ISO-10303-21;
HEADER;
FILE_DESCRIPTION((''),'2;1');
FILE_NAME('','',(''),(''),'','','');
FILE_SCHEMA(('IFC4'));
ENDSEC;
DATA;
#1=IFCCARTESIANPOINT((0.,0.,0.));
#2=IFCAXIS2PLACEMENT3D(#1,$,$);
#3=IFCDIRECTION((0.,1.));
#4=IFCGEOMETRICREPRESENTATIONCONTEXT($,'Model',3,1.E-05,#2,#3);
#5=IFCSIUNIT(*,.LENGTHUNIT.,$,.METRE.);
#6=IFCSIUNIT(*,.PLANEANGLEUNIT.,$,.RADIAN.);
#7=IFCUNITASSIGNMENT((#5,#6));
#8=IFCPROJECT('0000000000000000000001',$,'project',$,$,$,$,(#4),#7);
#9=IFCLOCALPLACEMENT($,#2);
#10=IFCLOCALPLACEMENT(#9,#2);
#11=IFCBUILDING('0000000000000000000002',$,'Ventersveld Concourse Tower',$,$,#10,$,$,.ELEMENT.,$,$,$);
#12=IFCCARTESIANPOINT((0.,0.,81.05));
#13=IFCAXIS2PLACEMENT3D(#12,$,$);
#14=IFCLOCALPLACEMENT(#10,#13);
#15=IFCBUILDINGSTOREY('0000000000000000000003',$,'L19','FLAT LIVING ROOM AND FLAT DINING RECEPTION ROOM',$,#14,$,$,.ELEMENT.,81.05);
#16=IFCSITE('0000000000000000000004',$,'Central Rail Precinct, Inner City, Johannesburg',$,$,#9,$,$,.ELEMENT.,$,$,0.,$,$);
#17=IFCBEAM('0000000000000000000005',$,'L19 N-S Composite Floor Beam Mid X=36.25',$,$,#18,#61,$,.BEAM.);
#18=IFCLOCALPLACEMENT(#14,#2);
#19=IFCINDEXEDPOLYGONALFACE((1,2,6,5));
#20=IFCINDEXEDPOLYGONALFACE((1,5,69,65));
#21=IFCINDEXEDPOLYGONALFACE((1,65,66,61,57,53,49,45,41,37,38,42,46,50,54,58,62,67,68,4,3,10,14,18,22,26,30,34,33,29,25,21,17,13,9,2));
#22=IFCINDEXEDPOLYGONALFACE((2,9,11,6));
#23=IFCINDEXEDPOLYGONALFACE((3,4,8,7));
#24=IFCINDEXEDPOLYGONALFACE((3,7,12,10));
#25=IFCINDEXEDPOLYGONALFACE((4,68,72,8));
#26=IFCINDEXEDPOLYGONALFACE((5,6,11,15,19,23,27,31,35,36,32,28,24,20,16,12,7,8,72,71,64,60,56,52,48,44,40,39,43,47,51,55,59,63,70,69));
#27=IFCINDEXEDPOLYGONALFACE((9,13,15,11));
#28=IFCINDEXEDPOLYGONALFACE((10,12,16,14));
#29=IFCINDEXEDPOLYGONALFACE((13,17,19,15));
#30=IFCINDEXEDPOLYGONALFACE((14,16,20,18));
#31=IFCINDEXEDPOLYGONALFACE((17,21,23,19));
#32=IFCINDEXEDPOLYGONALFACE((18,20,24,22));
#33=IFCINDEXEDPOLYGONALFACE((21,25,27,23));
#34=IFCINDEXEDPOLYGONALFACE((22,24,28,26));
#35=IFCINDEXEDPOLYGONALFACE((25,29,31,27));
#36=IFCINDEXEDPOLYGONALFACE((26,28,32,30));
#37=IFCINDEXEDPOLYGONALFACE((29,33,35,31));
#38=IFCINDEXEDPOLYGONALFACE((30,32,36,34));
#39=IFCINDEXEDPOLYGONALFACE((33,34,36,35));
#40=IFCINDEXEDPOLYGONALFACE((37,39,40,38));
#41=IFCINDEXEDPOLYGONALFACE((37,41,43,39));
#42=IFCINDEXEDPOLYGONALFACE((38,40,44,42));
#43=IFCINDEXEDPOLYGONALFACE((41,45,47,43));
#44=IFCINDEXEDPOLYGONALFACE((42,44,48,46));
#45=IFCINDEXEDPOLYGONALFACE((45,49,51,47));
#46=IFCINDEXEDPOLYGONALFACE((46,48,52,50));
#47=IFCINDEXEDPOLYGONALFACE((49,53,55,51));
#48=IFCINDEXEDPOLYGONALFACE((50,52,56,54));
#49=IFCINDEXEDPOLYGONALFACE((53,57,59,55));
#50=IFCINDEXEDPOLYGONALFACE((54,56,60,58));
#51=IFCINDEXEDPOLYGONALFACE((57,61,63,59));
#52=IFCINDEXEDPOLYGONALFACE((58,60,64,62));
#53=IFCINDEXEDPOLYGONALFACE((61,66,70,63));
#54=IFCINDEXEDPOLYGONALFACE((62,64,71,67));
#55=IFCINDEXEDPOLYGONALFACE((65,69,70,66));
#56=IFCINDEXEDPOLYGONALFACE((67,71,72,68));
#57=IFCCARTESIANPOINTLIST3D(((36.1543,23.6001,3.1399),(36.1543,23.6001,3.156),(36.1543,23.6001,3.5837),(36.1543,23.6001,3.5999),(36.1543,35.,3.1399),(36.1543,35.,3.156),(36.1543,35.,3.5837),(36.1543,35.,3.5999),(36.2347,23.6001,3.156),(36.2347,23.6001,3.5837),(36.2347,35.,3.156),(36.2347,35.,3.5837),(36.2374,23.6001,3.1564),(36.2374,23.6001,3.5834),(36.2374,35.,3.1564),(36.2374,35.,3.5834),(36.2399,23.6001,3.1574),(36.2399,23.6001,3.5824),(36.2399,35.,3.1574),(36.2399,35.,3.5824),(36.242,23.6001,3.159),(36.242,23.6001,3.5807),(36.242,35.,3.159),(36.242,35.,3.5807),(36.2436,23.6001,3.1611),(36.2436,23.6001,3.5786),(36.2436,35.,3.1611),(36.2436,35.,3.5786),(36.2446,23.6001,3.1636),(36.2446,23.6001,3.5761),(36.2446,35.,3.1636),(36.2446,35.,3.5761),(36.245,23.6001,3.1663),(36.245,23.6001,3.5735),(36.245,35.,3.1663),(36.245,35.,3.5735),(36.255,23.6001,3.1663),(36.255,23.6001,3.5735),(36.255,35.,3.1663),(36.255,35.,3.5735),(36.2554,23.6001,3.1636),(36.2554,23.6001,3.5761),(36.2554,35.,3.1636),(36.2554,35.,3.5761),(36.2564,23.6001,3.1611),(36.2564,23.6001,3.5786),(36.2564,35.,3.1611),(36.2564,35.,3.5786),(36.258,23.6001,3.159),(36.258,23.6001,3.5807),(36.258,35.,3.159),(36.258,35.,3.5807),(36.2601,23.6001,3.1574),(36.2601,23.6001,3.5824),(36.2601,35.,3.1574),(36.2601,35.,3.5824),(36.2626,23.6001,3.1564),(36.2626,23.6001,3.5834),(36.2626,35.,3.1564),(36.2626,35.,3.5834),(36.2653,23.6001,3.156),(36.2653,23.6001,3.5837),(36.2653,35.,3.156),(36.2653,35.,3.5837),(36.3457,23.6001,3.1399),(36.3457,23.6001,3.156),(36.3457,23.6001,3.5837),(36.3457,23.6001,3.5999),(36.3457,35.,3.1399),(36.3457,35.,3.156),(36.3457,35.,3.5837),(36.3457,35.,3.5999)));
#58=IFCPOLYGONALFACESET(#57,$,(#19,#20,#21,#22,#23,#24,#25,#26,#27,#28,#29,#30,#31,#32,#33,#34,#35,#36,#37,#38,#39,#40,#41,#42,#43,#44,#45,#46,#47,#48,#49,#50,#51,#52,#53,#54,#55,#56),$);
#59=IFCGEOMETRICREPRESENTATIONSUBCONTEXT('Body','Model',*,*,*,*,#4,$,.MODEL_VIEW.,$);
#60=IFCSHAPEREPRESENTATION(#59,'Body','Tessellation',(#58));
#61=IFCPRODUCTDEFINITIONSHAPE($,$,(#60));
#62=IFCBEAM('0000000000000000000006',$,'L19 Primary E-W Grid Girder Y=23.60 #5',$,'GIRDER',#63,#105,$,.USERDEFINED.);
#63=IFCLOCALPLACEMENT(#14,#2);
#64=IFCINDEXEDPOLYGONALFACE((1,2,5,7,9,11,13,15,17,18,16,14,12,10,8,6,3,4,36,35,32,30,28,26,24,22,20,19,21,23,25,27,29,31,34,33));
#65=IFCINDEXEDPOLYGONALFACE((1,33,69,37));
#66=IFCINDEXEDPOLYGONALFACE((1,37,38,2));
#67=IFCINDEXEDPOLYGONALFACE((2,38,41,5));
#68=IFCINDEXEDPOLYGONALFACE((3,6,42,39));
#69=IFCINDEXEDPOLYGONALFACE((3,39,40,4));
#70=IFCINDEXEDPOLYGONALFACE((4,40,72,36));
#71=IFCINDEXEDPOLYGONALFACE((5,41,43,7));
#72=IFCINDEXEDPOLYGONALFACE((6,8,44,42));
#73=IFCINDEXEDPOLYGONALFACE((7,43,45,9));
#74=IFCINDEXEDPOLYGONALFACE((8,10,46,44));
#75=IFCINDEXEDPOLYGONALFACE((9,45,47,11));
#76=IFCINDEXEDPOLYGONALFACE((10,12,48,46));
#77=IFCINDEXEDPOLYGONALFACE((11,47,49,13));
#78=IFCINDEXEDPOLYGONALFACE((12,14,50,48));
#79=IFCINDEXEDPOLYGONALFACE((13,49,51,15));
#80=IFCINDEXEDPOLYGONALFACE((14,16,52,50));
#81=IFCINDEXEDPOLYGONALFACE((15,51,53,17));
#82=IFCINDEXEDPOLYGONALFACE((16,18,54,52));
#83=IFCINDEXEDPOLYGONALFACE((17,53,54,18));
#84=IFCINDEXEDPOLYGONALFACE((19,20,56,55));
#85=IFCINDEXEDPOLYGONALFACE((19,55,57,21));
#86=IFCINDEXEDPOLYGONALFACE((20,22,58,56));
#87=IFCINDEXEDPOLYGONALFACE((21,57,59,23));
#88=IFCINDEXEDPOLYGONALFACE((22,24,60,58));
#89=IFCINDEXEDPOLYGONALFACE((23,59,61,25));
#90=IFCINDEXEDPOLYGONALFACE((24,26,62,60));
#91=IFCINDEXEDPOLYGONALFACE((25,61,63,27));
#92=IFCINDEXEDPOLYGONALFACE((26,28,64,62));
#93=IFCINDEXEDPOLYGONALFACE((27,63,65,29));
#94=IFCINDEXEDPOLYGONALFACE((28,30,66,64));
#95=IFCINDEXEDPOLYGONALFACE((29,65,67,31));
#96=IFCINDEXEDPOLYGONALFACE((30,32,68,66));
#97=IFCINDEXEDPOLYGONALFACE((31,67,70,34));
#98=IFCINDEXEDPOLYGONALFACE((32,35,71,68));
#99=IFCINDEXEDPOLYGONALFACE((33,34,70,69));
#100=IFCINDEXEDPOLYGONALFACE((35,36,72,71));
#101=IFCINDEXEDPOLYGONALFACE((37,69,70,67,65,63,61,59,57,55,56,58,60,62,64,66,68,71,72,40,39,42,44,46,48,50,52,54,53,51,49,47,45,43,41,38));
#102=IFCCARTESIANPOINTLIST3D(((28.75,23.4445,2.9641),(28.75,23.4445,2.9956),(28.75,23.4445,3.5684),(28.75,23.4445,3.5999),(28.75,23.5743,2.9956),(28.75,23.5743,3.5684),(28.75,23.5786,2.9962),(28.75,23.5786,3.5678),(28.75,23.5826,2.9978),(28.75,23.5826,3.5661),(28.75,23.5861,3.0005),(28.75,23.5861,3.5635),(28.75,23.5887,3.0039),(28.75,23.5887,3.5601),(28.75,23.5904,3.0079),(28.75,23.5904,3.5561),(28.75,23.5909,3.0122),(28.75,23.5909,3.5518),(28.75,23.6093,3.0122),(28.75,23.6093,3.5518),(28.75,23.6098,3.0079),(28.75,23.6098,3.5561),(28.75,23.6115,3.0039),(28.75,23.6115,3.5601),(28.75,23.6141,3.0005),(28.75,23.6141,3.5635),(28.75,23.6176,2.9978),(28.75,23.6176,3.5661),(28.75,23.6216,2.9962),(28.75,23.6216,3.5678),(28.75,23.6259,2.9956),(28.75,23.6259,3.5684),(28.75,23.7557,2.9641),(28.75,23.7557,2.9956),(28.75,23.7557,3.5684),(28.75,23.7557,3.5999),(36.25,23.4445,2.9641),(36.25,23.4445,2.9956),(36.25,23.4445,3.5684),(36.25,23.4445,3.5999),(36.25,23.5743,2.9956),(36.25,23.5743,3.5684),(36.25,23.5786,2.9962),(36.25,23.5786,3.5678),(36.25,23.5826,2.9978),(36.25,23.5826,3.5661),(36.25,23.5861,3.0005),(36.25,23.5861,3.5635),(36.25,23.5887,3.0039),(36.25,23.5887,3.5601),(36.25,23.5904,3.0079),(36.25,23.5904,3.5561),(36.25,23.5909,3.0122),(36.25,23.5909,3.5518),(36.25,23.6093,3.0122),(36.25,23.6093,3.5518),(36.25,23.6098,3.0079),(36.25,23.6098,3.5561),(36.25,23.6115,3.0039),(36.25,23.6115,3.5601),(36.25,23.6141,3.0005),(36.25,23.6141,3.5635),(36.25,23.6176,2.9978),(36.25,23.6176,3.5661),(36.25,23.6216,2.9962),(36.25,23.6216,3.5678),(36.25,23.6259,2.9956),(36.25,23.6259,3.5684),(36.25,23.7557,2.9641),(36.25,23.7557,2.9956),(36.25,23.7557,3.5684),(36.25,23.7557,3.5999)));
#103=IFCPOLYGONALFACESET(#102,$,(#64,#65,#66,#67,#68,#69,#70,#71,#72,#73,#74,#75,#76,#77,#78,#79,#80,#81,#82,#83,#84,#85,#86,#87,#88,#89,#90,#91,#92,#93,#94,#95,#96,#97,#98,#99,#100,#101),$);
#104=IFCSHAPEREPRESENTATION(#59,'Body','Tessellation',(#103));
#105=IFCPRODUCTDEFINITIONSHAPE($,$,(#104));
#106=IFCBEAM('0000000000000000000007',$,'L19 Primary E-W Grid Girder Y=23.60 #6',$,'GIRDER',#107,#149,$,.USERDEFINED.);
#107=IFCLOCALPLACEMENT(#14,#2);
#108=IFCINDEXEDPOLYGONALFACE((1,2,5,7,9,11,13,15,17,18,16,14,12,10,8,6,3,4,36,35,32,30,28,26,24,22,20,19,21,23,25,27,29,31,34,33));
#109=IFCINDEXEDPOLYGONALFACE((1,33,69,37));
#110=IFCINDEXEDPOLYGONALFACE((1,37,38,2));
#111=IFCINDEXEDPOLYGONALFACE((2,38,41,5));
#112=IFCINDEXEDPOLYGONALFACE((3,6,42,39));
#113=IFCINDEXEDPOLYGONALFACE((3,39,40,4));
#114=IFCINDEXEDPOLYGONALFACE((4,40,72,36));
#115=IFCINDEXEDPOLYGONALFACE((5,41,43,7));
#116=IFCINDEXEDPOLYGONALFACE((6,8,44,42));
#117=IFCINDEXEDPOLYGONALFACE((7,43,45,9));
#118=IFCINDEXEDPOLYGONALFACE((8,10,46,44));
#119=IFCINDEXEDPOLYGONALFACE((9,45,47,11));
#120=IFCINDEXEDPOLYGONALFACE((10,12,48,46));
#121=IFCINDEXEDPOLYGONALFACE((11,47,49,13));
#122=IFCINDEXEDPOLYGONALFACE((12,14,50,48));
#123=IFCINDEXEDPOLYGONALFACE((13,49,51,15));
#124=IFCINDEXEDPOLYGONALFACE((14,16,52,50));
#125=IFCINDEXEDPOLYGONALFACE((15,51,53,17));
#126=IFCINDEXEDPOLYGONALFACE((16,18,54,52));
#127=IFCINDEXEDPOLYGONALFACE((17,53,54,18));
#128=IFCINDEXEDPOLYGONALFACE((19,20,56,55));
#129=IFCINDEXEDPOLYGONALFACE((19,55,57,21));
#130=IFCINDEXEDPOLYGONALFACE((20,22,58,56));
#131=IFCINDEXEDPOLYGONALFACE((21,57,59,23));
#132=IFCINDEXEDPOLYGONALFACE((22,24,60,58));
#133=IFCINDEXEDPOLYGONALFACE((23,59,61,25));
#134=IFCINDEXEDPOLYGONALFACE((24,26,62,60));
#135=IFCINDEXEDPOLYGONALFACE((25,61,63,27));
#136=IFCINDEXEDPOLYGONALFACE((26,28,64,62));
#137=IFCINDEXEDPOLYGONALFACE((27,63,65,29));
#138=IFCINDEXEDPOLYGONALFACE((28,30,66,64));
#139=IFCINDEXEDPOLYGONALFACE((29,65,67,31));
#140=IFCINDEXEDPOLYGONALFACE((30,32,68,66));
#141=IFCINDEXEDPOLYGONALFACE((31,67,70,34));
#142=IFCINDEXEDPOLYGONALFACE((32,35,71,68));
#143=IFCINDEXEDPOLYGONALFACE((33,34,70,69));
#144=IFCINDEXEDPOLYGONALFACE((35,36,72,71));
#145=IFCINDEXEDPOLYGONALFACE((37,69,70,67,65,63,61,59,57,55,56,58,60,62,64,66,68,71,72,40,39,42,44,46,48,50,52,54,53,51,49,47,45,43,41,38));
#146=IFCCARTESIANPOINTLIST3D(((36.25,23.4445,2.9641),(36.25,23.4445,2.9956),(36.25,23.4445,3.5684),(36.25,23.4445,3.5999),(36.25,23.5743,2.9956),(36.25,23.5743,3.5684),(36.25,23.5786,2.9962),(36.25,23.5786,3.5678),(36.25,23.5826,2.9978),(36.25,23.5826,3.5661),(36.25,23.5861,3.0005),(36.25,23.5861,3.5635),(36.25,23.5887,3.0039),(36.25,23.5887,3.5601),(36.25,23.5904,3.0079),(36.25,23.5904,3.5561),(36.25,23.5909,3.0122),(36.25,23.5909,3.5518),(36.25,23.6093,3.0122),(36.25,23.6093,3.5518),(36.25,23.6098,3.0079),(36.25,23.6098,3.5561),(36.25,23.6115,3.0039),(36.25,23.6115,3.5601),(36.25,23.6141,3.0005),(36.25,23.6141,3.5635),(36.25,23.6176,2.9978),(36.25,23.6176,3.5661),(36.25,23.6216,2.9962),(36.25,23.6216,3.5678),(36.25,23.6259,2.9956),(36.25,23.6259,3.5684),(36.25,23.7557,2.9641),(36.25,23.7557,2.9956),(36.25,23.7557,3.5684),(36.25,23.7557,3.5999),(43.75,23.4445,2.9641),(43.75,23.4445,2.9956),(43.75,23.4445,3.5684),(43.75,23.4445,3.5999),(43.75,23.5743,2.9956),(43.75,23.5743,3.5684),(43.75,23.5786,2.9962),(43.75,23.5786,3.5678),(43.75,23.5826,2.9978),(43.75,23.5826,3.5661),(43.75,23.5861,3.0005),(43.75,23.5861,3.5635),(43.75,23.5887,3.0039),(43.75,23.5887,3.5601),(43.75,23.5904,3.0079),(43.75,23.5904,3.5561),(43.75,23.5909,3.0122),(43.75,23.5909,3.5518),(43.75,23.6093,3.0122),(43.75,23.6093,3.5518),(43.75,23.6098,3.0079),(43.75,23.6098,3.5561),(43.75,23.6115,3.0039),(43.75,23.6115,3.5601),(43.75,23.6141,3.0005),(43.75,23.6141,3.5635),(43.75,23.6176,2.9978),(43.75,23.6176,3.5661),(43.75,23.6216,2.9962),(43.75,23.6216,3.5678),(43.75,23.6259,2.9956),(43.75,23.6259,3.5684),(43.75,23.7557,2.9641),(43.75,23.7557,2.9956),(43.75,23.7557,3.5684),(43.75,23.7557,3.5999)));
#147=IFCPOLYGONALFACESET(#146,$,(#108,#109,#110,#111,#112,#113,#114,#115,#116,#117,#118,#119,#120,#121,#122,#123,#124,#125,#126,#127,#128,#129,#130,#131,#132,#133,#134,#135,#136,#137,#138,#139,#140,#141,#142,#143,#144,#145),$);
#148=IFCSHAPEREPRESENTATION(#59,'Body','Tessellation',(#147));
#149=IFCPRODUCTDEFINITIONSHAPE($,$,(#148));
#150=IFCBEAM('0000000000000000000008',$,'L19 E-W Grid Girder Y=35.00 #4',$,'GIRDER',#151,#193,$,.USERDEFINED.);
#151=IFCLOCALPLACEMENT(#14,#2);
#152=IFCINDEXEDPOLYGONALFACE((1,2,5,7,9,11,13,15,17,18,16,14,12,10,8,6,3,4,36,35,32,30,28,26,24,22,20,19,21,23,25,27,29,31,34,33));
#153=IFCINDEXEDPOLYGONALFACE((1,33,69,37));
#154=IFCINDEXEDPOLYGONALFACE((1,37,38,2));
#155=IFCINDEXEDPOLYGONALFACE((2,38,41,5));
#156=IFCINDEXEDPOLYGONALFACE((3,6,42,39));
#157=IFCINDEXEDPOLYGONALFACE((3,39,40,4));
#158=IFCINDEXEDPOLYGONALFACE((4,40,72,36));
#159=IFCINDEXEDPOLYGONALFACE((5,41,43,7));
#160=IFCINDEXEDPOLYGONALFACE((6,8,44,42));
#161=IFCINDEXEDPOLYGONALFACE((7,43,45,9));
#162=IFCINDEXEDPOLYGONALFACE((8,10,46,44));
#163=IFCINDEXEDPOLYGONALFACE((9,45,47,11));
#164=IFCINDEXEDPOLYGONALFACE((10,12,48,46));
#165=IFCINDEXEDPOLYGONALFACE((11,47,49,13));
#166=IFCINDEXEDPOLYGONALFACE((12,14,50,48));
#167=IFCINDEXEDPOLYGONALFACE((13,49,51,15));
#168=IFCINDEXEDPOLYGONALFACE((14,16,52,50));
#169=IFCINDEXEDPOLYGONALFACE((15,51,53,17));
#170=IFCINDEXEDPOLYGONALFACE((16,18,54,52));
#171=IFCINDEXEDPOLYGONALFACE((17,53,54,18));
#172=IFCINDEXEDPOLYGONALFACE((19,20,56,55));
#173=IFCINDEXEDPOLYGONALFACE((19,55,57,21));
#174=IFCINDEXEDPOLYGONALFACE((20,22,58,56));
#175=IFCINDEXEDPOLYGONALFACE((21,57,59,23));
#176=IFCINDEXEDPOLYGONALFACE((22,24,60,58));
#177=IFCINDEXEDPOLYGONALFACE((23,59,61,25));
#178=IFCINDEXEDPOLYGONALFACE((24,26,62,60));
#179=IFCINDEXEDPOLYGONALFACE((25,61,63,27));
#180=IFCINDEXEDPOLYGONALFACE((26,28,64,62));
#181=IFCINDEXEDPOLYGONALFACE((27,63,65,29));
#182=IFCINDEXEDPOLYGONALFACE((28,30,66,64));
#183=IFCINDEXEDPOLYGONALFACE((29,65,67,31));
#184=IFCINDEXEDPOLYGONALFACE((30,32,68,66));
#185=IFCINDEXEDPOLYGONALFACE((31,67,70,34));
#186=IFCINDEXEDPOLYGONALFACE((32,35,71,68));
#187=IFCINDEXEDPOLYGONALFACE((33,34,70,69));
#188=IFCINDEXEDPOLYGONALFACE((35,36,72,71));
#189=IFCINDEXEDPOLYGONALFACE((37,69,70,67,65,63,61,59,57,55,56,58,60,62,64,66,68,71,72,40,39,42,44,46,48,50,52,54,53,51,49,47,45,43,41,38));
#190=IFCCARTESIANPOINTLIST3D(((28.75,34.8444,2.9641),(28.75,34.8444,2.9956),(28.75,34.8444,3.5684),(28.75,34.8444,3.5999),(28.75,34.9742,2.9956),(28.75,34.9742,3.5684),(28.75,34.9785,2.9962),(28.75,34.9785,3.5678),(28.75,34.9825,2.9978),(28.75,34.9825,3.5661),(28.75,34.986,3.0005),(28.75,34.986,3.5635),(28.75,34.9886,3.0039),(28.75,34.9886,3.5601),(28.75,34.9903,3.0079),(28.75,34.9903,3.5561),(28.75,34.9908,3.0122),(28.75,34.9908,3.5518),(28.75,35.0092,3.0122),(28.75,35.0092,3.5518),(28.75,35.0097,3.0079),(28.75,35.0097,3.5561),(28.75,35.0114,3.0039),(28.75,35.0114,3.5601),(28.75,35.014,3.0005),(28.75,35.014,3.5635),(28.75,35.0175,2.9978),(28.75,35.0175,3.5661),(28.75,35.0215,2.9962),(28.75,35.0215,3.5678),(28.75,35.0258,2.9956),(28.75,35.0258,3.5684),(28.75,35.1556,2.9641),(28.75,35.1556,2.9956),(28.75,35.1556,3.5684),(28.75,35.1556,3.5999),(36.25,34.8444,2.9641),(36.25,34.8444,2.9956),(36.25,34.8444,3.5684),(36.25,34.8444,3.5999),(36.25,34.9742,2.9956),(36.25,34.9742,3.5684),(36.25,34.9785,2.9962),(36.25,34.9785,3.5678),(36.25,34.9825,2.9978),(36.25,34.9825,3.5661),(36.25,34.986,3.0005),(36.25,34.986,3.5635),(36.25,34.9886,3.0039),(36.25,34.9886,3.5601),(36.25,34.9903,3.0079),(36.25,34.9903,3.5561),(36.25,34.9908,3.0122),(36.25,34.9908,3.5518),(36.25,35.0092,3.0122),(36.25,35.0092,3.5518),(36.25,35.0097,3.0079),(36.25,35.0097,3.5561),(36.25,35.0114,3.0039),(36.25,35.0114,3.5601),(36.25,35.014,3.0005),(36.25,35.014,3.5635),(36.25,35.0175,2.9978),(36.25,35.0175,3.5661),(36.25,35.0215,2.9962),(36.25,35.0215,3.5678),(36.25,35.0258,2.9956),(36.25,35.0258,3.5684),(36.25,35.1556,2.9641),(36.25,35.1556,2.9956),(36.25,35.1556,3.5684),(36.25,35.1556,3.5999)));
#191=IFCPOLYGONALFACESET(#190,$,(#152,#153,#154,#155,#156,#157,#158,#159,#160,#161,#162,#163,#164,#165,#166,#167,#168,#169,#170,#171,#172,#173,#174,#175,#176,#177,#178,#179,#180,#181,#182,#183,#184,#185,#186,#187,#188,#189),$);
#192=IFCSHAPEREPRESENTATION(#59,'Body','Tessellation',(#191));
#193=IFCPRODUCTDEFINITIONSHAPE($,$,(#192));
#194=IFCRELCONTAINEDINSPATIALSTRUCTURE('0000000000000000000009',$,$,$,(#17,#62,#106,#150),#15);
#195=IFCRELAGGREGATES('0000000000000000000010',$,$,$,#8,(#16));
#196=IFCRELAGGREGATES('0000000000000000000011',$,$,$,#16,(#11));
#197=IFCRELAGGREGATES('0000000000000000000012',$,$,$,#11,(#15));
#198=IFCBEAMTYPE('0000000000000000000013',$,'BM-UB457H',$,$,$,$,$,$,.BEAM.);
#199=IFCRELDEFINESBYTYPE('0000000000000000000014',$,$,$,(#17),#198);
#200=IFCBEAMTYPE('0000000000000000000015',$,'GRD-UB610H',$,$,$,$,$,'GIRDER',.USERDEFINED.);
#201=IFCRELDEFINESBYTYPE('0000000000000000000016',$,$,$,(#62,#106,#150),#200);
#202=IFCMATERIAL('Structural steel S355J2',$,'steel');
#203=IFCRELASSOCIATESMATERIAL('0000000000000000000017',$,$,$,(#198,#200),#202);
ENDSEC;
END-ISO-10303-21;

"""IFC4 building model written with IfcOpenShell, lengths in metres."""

from ifc_helpers import new_model, si_unit, direction, frame, origin, origin_2d, place, context, subcontext, project, spatial, i_section, extrude, material, material_profile, profile_set, type_object, element, save


model = new_model("IFC4")

# Units and contexts
model_context = context("Model", 3, precision=1e-05, world=origin(), true_north=direction((0.0, 1.0)))
body_context = subcontext(model_context, "Body", "Model", "MODEL_VIEW")
ifc_project = project(units=[si_unit("LENGTHUNIT", "METRE"), si_unit("PLANEANGLEUNIT", "RADIAN")], contexts=[model_context])

# Site, building, storey
site_placement = place(None, origin())
site = spatial("IfcSite", under=ifc_project, at=site_placement, Name="Central Rail Precinct, Inner City, Johannesburg", CompositionType="ELEMENT", RefElevation=0.0)
building_placement = place(site_placement, origin())
building = spatial("IfcBuilding", under=site, at=building_placement, Name="Ventersveld Concourse Tower", CompositionType="ELEMENT")
storey_placement = place(building_placement, frame((0.0, 0.0, 81.05)))
storey = spatial("IfcBuildingStorey", under=building, at=storey_placement, Name="L19", Description="FLAT LIVING ROOM AND FLAT DINING RECEPTION ROOM", CompositionType="ELEMENT", Elevation=81.05)

# Beams
ifc_material_1 = material(Name="Structural steel S355J2", Category="steel")
ifc_material_profile_1 = material_profile(ifc_material_1, i_section(OverallWidth=0.1914, OverallDepth=0.46, WebThickness=0.01, FlangeThickness=0.0161, FilletRadius=0.0103, at=origin_2d()), Name="UB 457x191x82")
ifc_profile_set_1 = profile_set([ifc_material_profile_1], Name="Structural steel S355J2")
beam_type_1 = type_object("IfcBeamType", Name="BM-UB457H", PredefinedType="BEAM", material=ifc_profile_set_1)
beam_1_placement = place(storey_placement, frame((36.25, 23.6001, 3.3699), z_axis=(0.0, 1.0, 0.0), x_axis=(-1.0, 0.0, 0.0)))
element("IfcBeam", 1, at=beam_1_placement, inside=storey, type_object=beam_type_1, Name="L19 N-S Composite Floor Beam Mid X=36.25", PredefinedType="BEAM", context=body_context, shape_type="SweptSolid", body=[
    extrude(i_section(OverallWidth=0.1914, OverallDepth=0.46, WebThickness=0.01, FlangeThickness=0.0161, FilletRadius=0.0103, at=origin_2d()), origin(), (0.0, 0.0, 1.0), 11.3999),
])
ifc_material_profile_2 = material_profile(ifc_material_1, i_section(OverallWidth=0.3113, OverallDepth=0.6357, WebThickness=0.0183, FlangeThickness=0.0315, FilletRadius=0.0166, at=origin_2d()), Name="UB 610x305x238")
ifc_profile_set_2 = profile_set([ifc_material_profile_2], Name="Structural steel S355J2")
beam_type_2 = type_object("IfcBeamType", Name="GRD-UB610H", ElementType="GIRDER", PredefinedType="USERDEFINED", material=ifc_profile_set_2)
for number, where, z_axis, x_axis, name in (
    (2, (28.75, 23.6001, 3.282), (1.0, 0.0, 0.0), (0.0, 1.0, 0.0), "L19 Primary E-W Grid Girder Y=23.60 #5"),
    (3, (36.25, 23.6001, 3.282), (1.0, 0.0, 0.0), (0.0, 1.0, 0.0), "L19 Primary E-W Grid Girder Y=23.60 #6"),
    (4, (28.75, 35.0, 3.282), (1.0, 0.0, 0.0), (0.0, 1.0, 0.0), "L19 E-W Grid Girder Y=35.00 #4"),
):
    element("IfcBeam", number, at=place(storey_placement, frame(where, z_axis=z_axis, x_axis=x_axis)), inside=storey, type_object=beam_type_2, Name=name, ObjectType="GIRDER", PredefinedType="USERDEFINED", context=body_context, shape_type="SweptSolid", body=[
        extrude(i_section(OverallWidth=0.3113, OverallDepth=0.6357, WebThickness=0.0183, FlangeThickness=0.0315, FilletRadius=0.0166, at=origin_2d()), origin(), (0.0, 0.0, 1.0), 7.5),
    ])

save(model, "model.ifc")
